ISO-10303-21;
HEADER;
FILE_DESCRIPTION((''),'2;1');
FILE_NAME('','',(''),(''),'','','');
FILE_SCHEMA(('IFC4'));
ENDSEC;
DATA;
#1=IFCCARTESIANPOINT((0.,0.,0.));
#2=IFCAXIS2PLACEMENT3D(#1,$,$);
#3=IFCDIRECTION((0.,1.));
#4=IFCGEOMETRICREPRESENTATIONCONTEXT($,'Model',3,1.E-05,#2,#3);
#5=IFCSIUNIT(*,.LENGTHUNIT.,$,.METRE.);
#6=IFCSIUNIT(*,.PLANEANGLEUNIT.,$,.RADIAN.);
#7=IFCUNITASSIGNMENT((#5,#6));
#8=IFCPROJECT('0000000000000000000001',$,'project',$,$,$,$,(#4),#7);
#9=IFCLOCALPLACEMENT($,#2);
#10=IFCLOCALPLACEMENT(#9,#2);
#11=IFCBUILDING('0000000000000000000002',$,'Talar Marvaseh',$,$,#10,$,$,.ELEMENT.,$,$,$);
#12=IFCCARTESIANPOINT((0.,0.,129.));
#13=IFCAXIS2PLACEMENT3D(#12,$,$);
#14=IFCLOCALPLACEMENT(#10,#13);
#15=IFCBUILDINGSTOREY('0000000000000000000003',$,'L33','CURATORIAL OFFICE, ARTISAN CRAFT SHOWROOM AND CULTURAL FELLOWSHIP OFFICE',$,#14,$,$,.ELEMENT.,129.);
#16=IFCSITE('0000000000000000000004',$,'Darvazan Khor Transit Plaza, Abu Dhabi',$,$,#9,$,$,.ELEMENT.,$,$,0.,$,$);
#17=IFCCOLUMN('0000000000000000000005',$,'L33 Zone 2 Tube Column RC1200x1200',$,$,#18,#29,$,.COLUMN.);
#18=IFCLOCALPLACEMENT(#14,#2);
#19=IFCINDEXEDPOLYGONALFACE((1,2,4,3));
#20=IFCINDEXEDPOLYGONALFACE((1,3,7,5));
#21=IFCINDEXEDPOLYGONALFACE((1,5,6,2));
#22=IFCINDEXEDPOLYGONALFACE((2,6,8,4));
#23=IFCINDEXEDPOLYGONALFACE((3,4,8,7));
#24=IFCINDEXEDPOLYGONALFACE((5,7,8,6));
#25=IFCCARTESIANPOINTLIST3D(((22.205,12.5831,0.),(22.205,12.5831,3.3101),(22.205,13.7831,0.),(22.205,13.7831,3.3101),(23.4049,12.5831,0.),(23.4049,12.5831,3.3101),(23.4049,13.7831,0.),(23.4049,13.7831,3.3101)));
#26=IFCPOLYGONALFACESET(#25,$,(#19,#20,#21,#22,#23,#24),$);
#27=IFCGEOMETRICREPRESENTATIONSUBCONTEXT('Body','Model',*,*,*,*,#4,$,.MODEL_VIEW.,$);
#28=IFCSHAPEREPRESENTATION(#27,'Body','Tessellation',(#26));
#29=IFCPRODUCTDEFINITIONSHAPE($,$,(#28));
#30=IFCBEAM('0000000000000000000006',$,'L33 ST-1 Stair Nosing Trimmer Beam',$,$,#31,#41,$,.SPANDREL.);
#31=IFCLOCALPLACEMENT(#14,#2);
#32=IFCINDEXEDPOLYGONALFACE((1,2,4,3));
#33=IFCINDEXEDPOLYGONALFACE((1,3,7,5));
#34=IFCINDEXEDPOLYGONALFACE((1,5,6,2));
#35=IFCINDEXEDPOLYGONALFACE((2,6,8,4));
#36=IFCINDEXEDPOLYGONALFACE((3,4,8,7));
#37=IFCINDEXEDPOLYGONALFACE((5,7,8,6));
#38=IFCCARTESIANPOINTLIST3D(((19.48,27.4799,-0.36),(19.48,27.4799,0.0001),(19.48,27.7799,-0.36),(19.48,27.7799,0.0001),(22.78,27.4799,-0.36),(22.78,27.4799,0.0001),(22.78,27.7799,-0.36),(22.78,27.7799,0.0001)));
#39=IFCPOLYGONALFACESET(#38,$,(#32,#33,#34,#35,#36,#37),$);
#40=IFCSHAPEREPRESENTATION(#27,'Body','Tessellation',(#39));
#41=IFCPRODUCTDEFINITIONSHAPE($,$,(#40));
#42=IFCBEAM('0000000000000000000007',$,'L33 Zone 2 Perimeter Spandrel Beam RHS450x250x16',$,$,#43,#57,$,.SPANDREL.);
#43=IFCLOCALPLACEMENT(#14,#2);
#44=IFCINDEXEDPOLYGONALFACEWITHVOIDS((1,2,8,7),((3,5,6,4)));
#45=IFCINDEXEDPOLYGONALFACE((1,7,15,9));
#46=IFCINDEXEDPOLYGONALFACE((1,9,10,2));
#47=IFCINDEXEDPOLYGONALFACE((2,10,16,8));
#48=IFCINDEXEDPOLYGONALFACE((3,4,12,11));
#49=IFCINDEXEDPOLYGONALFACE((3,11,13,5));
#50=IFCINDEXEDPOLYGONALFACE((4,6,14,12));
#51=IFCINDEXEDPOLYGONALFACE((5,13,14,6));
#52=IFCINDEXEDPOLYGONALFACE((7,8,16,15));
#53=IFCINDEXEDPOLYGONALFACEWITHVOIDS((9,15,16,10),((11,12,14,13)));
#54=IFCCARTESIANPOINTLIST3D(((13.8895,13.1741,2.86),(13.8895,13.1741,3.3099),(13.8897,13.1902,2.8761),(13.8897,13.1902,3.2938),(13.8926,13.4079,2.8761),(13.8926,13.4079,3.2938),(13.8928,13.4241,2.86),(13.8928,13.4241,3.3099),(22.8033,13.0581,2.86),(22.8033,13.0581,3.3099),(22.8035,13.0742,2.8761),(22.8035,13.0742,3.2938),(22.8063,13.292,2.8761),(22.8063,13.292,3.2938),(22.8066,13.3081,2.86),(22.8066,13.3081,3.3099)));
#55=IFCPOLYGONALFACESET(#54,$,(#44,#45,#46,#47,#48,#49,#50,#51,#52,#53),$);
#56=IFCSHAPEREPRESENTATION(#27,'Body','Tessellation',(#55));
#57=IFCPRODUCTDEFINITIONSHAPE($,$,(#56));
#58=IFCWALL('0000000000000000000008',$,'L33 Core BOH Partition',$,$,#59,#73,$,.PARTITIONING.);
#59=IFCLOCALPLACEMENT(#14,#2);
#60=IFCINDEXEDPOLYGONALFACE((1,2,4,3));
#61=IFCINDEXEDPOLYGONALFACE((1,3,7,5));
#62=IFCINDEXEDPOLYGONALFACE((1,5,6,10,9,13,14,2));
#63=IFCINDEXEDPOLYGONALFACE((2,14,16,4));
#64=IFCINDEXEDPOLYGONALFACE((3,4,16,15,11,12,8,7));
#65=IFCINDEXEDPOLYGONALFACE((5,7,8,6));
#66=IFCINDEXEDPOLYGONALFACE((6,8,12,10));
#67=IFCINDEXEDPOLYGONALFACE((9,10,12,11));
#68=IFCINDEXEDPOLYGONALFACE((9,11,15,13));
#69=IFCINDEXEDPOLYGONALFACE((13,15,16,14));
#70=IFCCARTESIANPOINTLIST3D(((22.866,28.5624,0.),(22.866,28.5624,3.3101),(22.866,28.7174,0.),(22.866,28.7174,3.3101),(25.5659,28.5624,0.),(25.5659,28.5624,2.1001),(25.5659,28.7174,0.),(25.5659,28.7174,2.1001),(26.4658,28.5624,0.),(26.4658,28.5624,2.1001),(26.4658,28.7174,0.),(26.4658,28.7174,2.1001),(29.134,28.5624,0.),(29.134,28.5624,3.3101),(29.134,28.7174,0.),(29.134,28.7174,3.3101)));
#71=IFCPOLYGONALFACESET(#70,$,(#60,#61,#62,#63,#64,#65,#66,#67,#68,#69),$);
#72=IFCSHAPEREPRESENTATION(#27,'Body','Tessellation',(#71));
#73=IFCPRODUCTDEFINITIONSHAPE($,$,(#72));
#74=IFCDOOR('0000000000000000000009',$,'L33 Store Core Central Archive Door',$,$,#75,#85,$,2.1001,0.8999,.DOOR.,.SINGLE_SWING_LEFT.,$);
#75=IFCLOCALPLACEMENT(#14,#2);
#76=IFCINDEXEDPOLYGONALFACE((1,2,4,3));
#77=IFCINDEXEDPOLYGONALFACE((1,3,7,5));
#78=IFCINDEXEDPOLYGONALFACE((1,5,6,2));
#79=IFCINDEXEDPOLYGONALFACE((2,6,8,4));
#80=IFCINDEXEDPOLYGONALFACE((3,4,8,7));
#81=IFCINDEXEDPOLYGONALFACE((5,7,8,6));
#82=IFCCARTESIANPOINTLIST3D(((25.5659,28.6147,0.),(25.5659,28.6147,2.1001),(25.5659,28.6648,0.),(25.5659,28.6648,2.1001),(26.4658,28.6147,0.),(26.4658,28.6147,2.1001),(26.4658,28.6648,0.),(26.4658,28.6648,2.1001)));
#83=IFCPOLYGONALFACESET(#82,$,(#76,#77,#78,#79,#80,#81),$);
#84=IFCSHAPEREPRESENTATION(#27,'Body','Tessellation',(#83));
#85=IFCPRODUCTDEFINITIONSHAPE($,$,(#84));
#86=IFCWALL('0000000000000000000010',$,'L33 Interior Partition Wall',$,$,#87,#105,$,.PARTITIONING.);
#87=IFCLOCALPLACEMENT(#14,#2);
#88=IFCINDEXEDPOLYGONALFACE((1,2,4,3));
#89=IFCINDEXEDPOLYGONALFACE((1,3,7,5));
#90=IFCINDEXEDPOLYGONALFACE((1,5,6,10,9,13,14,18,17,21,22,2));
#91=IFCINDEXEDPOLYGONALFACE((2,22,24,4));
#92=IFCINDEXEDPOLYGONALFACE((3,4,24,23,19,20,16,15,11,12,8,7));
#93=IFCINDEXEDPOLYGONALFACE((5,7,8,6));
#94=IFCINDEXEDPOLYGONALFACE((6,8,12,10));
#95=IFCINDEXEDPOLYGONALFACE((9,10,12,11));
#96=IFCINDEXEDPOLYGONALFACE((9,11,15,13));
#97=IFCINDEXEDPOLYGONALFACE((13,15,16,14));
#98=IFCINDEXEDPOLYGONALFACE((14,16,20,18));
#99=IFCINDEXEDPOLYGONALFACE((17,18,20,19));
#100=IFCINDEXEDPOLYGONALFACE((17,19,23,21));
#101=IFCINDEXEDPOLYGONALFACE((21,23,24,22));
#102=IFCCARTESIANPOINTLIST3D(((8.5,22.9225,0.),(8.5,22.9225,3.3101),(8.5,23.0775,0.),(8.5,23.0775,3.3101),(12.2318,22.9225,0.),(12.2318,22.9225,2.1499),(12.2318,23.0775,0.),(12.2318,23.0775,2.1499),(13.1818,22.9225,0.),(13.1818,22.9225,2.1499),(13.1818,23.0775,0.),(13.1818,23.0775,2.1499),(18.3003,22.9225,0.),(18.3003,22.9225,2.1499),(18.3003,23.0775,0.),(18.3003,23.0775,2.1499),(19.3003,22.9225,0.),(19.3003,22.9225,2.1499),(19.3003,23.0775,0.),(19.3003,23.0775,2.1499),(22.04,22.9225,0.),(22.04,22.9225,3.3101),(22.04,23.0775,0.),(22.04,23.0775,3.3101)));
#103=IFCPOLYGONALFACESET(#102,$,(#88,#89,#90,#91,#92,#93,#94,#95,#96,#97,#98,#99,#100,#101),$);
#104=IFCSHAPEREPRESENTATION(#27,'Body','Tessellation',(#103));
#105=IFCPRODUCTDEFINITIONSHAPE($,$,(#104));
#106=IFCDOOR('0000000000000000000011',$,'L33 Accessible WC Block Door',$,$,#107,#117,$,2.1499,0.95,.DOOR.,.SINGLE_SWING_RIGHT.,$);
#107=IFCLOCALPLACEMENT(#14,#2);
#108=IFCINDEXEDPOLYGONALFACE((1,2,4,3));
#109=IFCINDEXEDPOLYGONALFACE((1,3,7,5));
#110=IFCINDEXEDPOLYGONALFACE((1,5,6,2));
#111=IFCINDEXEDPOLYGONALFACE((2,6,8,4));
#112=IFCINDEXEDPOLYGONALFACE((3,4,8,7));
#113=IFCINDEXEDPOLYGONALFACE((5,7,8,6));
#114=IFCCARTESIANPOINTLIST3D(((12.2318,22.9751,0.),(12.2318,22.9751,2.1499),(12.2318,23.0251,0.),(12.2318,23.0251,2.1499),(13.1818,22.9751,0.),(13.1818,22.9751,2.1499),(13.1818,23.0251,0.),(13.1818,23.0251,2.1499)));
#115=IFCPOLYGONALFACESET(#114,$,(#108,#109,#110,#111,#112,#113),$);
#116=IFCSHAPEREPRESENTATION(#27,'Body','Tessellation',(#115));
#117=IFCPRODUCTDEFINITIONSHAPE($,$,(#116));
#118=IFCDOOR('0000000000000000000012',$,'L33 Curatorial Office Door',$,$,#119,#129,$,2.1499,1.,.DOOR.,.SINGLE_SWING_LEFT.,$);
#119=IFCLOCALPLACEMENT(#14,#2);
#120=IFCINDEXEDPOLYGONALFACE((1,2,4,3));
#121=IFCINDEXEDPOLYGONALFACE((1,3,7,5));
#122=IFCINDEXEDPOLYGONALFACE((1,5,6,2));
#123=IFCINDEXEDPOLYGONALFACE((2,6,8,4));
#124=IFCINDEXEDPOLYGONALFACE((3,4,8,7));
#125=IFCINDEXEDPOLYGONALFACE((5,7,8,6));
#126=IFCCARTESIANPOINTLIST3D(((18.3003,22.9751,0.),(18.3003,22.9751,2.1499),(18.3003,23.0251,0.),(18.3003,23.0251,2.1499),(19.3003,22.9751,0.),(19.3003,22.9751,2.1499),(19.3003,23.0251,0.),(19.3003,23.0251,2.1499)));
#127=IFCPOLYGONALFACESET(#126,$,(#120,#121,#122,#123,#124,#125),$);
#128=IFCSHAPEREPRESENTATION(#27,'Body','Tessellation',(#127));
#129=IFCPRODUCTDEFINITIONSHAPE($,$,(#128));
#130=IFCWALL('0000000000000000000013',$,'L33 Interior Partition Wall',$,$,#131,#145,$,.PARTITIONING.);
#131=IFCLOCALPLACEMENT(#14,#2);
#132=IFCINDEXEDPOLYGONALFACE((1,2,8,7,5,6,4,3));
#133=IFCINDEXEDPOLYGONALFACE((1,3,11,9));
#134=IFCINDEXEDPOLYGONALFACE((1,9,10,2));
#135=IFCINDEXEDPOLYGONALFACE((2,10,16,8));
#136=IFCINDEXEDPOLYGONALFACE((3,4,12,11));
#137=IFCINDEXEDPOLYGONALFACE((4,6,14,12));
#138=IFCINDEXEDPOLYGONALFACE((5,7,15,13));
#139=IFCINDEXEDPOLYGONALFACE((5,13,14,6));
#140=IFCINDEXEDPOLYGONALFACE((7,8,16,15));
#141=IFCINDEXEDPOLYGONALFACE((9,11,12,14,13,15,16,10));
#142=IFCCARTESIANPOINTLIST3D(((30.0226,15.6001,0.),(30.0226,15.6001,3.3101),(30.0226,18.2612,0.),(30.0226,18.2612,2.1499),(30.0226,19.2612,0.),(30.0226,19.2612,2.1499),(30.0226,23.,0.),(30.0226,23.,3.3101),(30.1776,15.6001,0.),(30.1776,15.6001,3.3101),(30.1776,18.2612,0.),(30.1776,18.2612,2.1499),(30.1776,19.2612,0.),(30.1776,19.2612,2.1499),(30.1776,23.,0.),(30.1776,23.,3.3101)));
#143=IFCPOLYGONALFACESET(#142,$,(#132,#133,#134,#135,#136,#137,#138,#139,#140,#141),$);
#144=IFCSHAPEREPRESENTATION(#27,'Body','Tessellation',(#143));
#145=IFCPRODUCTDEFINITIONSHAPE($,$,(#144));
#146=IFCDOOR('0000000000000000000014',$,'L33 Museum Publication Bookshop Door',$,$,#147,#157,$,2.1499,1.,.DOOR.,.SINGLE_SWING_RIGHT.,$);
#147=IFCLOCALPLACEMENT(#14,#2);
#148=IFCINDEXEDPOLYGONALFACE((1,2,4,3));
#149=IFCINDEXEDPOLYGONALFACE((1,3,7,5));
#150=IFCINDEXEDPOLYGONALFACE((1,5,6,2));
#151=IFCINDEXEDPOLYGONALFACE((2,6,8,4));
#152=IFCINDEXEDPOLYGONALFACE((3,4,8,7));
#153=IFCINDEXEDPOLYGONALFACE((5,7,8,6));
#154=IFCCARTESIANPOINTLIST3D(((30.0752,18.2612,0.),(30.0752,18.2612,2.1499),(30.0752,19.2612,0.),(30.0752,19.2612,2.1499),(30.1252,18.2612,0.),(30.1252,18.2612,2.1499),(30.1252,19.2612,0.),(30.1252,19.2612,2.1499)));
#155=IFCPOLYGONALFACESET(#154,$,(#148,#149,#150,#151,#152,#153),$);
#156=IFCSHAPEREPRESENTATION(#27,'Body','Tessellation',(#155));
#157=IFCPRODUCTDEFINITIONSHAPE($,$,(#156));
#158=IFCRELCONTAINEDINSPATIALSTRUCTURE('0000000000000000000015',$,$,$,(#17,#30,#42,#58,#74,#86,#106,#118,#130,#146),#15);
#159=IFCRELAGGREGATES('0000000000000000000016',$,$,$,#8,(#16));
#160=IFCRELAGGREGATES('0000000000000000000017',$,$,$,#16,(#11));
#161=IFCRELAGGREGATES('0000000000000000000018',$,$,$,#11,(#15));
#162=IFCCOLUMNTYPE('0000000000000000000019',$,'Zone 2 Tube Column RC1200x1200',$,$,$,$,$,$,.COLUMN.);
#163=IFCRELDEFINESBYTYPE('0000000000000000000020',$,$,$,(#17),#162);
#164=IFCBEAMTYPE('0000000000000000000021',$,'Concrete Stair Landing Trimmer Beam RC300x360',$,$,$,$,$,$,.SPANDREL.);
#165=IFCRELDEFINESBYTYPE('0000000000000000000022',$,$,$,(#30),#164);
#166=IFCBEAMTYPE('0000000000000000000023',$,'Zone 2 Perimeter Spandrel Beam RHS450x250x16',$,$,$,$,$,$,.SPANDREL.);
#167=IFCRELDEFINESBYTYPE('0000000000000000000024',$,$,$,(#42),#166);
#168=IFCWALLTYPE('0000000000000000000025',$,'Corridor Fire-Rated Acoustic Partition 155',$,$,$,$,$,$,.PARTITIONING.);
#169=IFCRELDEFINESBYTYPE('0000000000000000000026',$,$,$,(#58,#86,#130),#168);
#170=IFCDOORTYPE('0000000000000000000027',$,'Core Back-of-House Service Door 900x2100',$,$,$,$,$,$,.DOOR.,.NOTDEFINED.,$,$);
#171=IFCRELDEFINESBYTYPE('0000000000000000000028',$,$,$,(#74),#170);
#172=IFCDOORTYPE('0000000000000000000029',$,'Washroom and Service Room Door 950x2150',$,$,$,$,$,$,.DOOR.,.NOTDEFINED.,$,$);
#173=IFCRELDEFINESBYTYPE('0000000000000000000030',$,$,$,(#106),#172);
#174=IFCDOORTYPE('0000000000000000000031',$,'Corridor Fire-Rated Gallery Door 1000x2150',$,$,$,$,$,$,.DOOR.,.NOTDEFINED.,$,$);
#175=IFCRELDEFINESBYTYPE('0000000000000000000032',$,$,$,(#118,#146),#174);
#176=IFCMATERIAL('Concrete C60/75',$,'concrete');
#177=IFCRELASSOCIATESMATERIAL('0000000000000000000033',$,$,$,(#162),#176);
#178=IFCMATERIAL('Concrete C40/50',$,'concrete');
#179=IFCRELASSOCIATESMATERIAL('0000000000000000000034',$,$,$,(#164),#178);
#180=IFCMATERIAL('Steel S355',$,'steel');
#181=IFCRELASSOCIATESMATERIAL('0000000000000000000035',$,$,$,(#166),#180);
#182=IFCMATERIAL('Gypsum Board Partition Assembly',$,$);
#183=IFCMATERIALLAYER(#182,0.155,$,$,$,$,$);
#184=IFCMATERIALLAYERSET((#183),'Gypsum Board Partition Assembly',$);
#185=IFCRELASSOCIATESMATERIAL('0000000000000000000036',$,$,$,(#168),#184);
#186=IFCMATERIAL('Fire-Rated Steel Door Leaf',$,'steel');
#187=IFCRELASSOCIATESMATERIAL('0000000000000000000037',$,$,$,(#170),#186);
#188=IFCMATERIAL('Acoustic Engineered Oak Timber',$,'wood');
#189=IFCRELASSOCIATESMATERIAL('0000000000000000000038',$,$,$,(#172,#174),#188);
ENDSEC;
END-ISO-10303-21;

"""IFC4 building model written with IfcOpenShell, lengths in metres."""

from ifc_helpers import new_model, si_unit, direction, frame, frame_2d, origin, origin_2d, place, context, subcontext, project, spatial, rectangle, hollow_rectangle, extrude, source, transform, mapped, material, layer, layer_set, material_profile, profile_set, type_object, type_shapes, element, fill, save


model = new_model("IFC4")

# Units and contexts
model_context = context("Model", 3, precision=1e-05, world=origin(), true_north=direction((0.0, 1.0)))
body_context = subcontext(model_context, "Body", "Model", "MODEL_VIEW")
ifc_project = project(units=[si_unit("LENGTHUNIT", "METRE"), si_unit("PLANEANGLEUNIT", "RADIAN")], contexts=[model_context])

# Site, building, storey
site_placement = place(None, origin())
site = spatial("IfcSite", under=ifc_project, at=site_placement, Name="Darvazan Khor Transit Plaza, Abu Dhabi", CompositionType="ELEMENT", RefElevation=0.0)
building_placement = place(site_placement, origin())
building = spatial("IfcBuilding", under=site, at=building_placement, Name="Talar Marvaseh", CompositionType="ELEMENT")
storey_placement = place(building_placement, frame((0.0, 0.0, 129.0)))
storey = spatial("IfcBuildingStorey", under=building, at=storey_placement, Name="L33", Description="CURATORIAL OFFICE, ARTISAN CRAFT SHOWROOM AND CULTURAL FELLOWSHIP OFFICE", CompositionType="ELEMENT", Elevation=129.0)

# Column
ifc_material_1 = material(Name="Concrete C60/75", Category="concrete")
ifc_material_profile_1 = material_profile(ifc_material_1, rectangle(XDim=1.2, YDim=1.2, at=origin_2d()), Name="RC1200x1200")
ifc_profile_set_1 = profile_set([ifc_material_profile_1], Name="Concrete C60/75")
column_type = type_object("IfcColumnType", Name="Zone 2 Tube Column RC1200x1200", PredefinedType="COLUMN", material=ifc_profile_set_1)
column_placement = place(storey_placement, frame((22.8049, 13.1831, 0.0), z_axis=(0.0, 0.0, 1.0), x_axis=(1.0, 0.0, 0.0)))
element("IfcColumn", 1, at=column_placement, inside=storey, type_object=column_type, Name="L33 Zone 2 Tube Column RC1200x1200", PredefinedType="COLUMN", context=body_context, shape_type="SweptSolid", body=[
    extrude(rectangle(XDim=1.2, YDim=1.2, at=origin_2d()), origin(), (0.0, 0.0, 1.0), 3.3101),
])

# Beams
ifc_material_2 = material(Name="Concrete C40/50", Category="concrete")
ifc_material_profile_2 = material_profile(ifc_material_2, rectangle(XDim=0.3, YDim=0.3601, at=origin_2d()), Name="RC300x360")
ifc_profile_set_2 = profile_set([ifc_material_profile_2], Name="Concrete C40/50")
beam_type_1 = type_object("IfcBeamType", Name="Concrete Stair Landing Trimmer Beam RC300x360", PredefinedType="SPANDREL", material=ifc_profile_set_2)
beam_1_placement = place(storey_placement, frame((22.78, 27.6299, -0.1799), z_axis=(-1.0, 0.0, 0.0), x_axis=(0.0, -1.0, 0.0)))
element("IfcBeam", 2, at=beam_1_placement, inside=storey, type_object=beam_type_1, Name="L33 ST-1 Stair Nosing Trimmer Beam", PredefinedType="SPANDREL", context=body_context, shape_type="SweptSolid", body=[
    extrude(rectangle(XDim=0.3, YDim=0.3601, at=origin_2d()), origin(), (0.0, 0.0, 1.0), 3.3),
])
ifc_material_3 = material(Name="Steel S355", Category="steel")
ifc_material_profile_3 = material_profile(ifc_material_3, hollow_rectangle(XDim=0.25, YDim=0.45, WallThickness=0.0161, at=origin_2d()), Name="RHS450x250x16")
ifc_profile_set_3 = profile_set([ifc_material_profile_3], Name="Steel S355")
beam_type_2 = type_object("IfcBeamType", Name="Zone 2 Perimeter Spandrel Beam RHS450x250x16", PredefinedType="SPANDREL", material=ifc_profile_set_3)
beam_2_placement = place(storey_placement, frame((22.8049, 13.1831, 3.085), z_axis=(-0.999915, 0.013009, 0.0), x_axis=(-0.013009, -0.999915, 0.0)))
element("IfcBeam", 3, at=beam_2_placement, inside=storey, type_object=beam_type_2, Name="L33 Zone 2 Perimeter Spandrel Beam RHS450x250x16", PredefinedType="SPANDREL", context=body_context, shape_type="SweptSolid", body=[
    extrude(hollow_rectangle(XDim=0.25, YDim=0.45, WallThickness=0.0161, at=origin_2d()), origin(), (0.0, 0.0, 1.0), 8.9146),
])

# Wall, opening, door
ifc_material_4 = material(Name="Gypsum Board Partition Assembly")
ifc_layer_1 = layer(ifc_material_4, 0.155)
ifc_layer_set_1 = layer_set([ifc_layer_1], Name="Gypsum Board Partition Assembly")
wall_type_1 = type_object("IfcWallType", Name="Corridor Fire-Rated Acoustic Partition 155", PredefinedType="PARTITIONING", material=ifc_layer_set_1)
wall_1_placement = place(storey_placement, frame((22.866, 28.6399, 0.0), z_axis=(0.0, 0.0, 1.0), x_axis=(1.0, 0.0, 0.0)))
wall_1 = element("IfcWall", 4, at=wall_1_placement, inside=storey, type_object=wall_type_1, Name="L33 Core BOH Partition", PredefinedType="PARTITIONING", context=body_context, shape_type="SweptSolid", body=[
    extrude(rectangle(XDim=6.2681, YDim=0.155, at=frame_2d((3.134, 0.0))), origin(), (0.0, 0.0, 1.0), 3.3101),
])
opening_1_placement = place(wall_1_placement, frame((2.7, 0.0, 0.0)))
opening_1 = element("IfcOpeningElement", 5, at=opening_1_placement, cuts=wall_1, PredefinedType="OPENING", context=body_context, shape_type="SweptSolid", body=[
    extrude(rectangle(XDim=0.8999, YDim=2.1001, at=frame_2d((0.45, 1.05))), frame((0.0, 0.0874, 0.0), z_axis=(0.0, -1.0, 0.0), x_axis=(1.0, 0.0, 0.0)), (0.0, 0.0, 1.0), 0.175),
])
ifc_material_5 = material(Name="Fire-Rated Steel Door Leaf", Category="steel")
door_type_1 = type_object("IfcDoorType", Name="Core Back-of-House Service Door 900x2100", OperationType="NOTDEFINED", PredefinedType="DOOR", material=ifc_material_5)
shared_shape_1 = source(origin(), body_context, "Body", "SweptSolid", [
    extrude(rectangle(XDim=0.8999, YDim=2.1001, at=frame_2d((0.45, 1.05))), frame((0.0, 0.0249, 0.0), z_axis=(0.0, -1.0, 0.0), x_axis=(1.0, 0.0, 0.0)), (0.0, 0.0, 1.0), 0.05),
])
type_shapes(door_type_1, [shared_shape_1])
door_1_placement = place(opening_1_placement, origin())
door_1 = element("IfcDoor", 6, at=door_1_placement, inside=storey, type_object=door_type_1, Name="L33 Store Core Central Archive Door", OperationType="SINGLE_SWING_LEFT", OverallHeight=2.1001, OverallWidth=0.8999, PredefinedType="DOOR", context=body_context, shape_type="MappedRepresentation", body=[
    mapped(shared_shape_1, transform((0.0, 0.0, 0.0), x_axis=(1.0, 0.0, 0.0), y_axis=(0.0, 1.0, 0.0), z_axis=(0.0, 0.0, 1.0), scale=1.0)),
])
fill(opening_1, door_1)

# Wall, openings, doors
wall_2_placement = place(storey_placement, frame((22.04, 23.0, 0.0), z_axis=(0.0, 0.0, 1.0), x_axis=(-1.0, 0.0, 0.0)))
wall_2 = element("IfcWall", 7, at=wall_2_placement, inside=storey, type_object=wall_type_1, Name="L33 Interior Partition Wall", PredefinedType="PARTITIONING", context=body_context, shape_type="SweptSolid", body=[
    extrude(rectangle(XDim=13.54, YDim=0.155, at=frame_2d((6.77, 0.0))), origin(), (0.0, 0.0, 1.0), 3.3101),
])
opening_2_placement = place(wall_2_placement, frame((8.8582, 0.0, 0.0)))
opening_2 = element("IfcOpeningElement", 8, at=opening_2_placement, cuts=wall_2, PredefinedType="OPENING", context=body_context, shape_type="SweptSolid", body=[
    extrude(rectangle(XDim=0.95, YDim=2.1499, at=frame_2d((0.4751, 1.075))), frame((0.0, 0.0874, 0.0), z_axis=(0.0, -1.0, 0.0), x_axis=(1.0, 0.0, 0.0)), (0.0, 0.0, 1.0), 0.175),
])
opening_3_placement = place(wall_2_placement, frame((2.7397, 0.0, 0.0)))
opening_3 = element("IfcOpeningElement", 9, at=opening_3_placement, cuts=wall_2, PredefinedType="OPENING", context=body_context, shape_type="SweptSolid", body=[
    extrude(rectangle(XDim=1.0, YDim=2.1499, at=frame_2d((0.5, 1.075))), frame((0.0, 0.0874, 0.0), z_axis=(0.0, -1.0, 0.0), x_axis=(1.0, 0.0, 0.0)), (0.0, 0.0, 1.0), 0.175),
])
ifc_material_6 = material(Name="Acoustic Engineered Oak Timber", Category="wood")
door_type_2 = type_object("IfcDoorType", Name="Washroom and Service Room Door 950x2150", OperationType="NOTDEFINED", PredefinedType="DOOR", material=ifc_material_6)
shared_shape_2 = source(origin(), body_context, "Body", "SweptSolid", [
    extrude(rectangle(XDim=0.95, YDim=2.1499, at=frame_2d((0.4751, 1.075))), frame((0.0, 0.0249, 0.0), z_axis=(0.0, -1.0, 0.0), x_axis=(1.0, 0.0, 0.0)), (0.0, 0.0, 1.0), 0.05),
])
type_shapes(door_type_2, [shared_shape_2])
door_2_placement = place(opening_2_placement, origin())
door_2 = element("IfcDoor", 10, at=door_2_placement, inside=storey, type_object=door_type_2, Name="L33 Accessible WC Block Door", OperationType="SINGLE_SWING_RIGHT", OverallHeight=2.1499, OverallWidth=0.95, PredefinedType="DOOR", context=body_context, shape_type="MappedRepresentation", body=[
    mapped(shared_shape_2, transform((0.0, 0.0, 0.0), x_axis=(1.0, 0.0, 0.0), y_axis=(0.0, 1.0, 0.0), z_axis=(0.0, 0.0, 1.0), scale=1.0)),
])
fill(opening_2, door_2)
door_type_3 = type_object("IfcDoorType", Name="Corridor Fire-Rated Gallery Door 1000x2150", OperationType="NOTDEFINED", PredefinedType="DOOR", material=ifc_material_6)
shared_shape_3 = source(origin(), body_context, "Body", "SweptSolid", [
    extrude(rectangle(XDim=1.0, YDim=2.1499, at=frame_2d((0.5, 1.075))), frame((0.0, 0.0249, 0.0), z_axis=(0.0, -1.0, 0.0), x_axis=(1.0, 0.0, 0.0)), (0.0, 0.0, 1.0), 0.05),
])
type_shapes(door_type_3, [shared_shape_3])
door_3_placement = place(opening_3_placement, origin())
door_3 = element("IfcDoor", 11, at=door_3_placement, inside=storey, type_object=door_type_3, Name="L33 Curatorial Office Door", OperationType="SINGLE_SWING_LEFT", OverallHeight=2.1499, OverallWidth=1.0, PredefinedType="DOOR", context=body_context, shape_type="MappedRepresentation", body=[
    mapped(shared_shape_3, transform((0.0, 0.0, 0.0), x_axis=(1.0, 0.0, 0.0), y_axis=(0.0, 1.0, 0.0), z_axis=(0.0, 0.0, 1.0), scale=1.0)),
])
fill(opening_3, door_3)

# Wall, opening, door
wall_3_placement = place(storey_placement, frame((30.1001, 15.6001, 0.0), z_axis=(0.0, 0.0, 1.0), x_axis=(0.0, 1.0, 0.0)))
wall_3 = element("IfcWall", 12, at=wall_3_placement, inside=storey, type_object=wall_type_1, Name="L33 Interior Partition Wall", PredefinedType="PARTITIONING", context=body_context, shape_type="SweptSolid", body=[
    extrude(rectangle(XDim=7.3999, YDim=0.155, at=frame_2d((3.7, 0.0))), origin(), (0.0, 0.0, 1.0), 3.3101),
])
opening_4_placement = place(wall_3_placement, frame((2.6611, 0.0, 0.0)))
opening_4 = element("IfcOpeningElement", 13, at=opening_4_placement, cuts=wall_3, PredefinedType="OPENING", context=body_context, shape_type="SweptSolid", body=[
    extrude(rectangle(XDim=1.0, YDim=2.1499, at=frame_2d((0.5, 1.075))), frame((0.0, 0.0874, 0.0), z_axis=(0.0, -1.0, 0.0), x_axis=(1.0, 0.0, 0.0)), (0.0, 0.0, 1.0), 0.175),
])
door_4_placement = place(opening_4_placement, origin())
door_4 = element("IfcDoor", 14, at=door_4_placement, inside=storey, type_object=door_type_3, Name="L33 Museum Publication Bookshop Door", OperationType="SINGLE_SWING_RIGHT", OverallHeight=2.1499, OverallWidth=1.0, PredefinedType="DOOR", context=body_context, shape_type="MappedRepresentation", body=[
    mapped(shared_shape_3, transform((0.0, 0.0, 0.0), x_axis=(1.0, 0.0, 0.0), y_axis=(0.0, 1.0, 0.0), z_axis=(0.0, 0.0, 1.0), scale=1.0)),
])
fill(opening_4, door_4)

save(model, "model.ifc")
